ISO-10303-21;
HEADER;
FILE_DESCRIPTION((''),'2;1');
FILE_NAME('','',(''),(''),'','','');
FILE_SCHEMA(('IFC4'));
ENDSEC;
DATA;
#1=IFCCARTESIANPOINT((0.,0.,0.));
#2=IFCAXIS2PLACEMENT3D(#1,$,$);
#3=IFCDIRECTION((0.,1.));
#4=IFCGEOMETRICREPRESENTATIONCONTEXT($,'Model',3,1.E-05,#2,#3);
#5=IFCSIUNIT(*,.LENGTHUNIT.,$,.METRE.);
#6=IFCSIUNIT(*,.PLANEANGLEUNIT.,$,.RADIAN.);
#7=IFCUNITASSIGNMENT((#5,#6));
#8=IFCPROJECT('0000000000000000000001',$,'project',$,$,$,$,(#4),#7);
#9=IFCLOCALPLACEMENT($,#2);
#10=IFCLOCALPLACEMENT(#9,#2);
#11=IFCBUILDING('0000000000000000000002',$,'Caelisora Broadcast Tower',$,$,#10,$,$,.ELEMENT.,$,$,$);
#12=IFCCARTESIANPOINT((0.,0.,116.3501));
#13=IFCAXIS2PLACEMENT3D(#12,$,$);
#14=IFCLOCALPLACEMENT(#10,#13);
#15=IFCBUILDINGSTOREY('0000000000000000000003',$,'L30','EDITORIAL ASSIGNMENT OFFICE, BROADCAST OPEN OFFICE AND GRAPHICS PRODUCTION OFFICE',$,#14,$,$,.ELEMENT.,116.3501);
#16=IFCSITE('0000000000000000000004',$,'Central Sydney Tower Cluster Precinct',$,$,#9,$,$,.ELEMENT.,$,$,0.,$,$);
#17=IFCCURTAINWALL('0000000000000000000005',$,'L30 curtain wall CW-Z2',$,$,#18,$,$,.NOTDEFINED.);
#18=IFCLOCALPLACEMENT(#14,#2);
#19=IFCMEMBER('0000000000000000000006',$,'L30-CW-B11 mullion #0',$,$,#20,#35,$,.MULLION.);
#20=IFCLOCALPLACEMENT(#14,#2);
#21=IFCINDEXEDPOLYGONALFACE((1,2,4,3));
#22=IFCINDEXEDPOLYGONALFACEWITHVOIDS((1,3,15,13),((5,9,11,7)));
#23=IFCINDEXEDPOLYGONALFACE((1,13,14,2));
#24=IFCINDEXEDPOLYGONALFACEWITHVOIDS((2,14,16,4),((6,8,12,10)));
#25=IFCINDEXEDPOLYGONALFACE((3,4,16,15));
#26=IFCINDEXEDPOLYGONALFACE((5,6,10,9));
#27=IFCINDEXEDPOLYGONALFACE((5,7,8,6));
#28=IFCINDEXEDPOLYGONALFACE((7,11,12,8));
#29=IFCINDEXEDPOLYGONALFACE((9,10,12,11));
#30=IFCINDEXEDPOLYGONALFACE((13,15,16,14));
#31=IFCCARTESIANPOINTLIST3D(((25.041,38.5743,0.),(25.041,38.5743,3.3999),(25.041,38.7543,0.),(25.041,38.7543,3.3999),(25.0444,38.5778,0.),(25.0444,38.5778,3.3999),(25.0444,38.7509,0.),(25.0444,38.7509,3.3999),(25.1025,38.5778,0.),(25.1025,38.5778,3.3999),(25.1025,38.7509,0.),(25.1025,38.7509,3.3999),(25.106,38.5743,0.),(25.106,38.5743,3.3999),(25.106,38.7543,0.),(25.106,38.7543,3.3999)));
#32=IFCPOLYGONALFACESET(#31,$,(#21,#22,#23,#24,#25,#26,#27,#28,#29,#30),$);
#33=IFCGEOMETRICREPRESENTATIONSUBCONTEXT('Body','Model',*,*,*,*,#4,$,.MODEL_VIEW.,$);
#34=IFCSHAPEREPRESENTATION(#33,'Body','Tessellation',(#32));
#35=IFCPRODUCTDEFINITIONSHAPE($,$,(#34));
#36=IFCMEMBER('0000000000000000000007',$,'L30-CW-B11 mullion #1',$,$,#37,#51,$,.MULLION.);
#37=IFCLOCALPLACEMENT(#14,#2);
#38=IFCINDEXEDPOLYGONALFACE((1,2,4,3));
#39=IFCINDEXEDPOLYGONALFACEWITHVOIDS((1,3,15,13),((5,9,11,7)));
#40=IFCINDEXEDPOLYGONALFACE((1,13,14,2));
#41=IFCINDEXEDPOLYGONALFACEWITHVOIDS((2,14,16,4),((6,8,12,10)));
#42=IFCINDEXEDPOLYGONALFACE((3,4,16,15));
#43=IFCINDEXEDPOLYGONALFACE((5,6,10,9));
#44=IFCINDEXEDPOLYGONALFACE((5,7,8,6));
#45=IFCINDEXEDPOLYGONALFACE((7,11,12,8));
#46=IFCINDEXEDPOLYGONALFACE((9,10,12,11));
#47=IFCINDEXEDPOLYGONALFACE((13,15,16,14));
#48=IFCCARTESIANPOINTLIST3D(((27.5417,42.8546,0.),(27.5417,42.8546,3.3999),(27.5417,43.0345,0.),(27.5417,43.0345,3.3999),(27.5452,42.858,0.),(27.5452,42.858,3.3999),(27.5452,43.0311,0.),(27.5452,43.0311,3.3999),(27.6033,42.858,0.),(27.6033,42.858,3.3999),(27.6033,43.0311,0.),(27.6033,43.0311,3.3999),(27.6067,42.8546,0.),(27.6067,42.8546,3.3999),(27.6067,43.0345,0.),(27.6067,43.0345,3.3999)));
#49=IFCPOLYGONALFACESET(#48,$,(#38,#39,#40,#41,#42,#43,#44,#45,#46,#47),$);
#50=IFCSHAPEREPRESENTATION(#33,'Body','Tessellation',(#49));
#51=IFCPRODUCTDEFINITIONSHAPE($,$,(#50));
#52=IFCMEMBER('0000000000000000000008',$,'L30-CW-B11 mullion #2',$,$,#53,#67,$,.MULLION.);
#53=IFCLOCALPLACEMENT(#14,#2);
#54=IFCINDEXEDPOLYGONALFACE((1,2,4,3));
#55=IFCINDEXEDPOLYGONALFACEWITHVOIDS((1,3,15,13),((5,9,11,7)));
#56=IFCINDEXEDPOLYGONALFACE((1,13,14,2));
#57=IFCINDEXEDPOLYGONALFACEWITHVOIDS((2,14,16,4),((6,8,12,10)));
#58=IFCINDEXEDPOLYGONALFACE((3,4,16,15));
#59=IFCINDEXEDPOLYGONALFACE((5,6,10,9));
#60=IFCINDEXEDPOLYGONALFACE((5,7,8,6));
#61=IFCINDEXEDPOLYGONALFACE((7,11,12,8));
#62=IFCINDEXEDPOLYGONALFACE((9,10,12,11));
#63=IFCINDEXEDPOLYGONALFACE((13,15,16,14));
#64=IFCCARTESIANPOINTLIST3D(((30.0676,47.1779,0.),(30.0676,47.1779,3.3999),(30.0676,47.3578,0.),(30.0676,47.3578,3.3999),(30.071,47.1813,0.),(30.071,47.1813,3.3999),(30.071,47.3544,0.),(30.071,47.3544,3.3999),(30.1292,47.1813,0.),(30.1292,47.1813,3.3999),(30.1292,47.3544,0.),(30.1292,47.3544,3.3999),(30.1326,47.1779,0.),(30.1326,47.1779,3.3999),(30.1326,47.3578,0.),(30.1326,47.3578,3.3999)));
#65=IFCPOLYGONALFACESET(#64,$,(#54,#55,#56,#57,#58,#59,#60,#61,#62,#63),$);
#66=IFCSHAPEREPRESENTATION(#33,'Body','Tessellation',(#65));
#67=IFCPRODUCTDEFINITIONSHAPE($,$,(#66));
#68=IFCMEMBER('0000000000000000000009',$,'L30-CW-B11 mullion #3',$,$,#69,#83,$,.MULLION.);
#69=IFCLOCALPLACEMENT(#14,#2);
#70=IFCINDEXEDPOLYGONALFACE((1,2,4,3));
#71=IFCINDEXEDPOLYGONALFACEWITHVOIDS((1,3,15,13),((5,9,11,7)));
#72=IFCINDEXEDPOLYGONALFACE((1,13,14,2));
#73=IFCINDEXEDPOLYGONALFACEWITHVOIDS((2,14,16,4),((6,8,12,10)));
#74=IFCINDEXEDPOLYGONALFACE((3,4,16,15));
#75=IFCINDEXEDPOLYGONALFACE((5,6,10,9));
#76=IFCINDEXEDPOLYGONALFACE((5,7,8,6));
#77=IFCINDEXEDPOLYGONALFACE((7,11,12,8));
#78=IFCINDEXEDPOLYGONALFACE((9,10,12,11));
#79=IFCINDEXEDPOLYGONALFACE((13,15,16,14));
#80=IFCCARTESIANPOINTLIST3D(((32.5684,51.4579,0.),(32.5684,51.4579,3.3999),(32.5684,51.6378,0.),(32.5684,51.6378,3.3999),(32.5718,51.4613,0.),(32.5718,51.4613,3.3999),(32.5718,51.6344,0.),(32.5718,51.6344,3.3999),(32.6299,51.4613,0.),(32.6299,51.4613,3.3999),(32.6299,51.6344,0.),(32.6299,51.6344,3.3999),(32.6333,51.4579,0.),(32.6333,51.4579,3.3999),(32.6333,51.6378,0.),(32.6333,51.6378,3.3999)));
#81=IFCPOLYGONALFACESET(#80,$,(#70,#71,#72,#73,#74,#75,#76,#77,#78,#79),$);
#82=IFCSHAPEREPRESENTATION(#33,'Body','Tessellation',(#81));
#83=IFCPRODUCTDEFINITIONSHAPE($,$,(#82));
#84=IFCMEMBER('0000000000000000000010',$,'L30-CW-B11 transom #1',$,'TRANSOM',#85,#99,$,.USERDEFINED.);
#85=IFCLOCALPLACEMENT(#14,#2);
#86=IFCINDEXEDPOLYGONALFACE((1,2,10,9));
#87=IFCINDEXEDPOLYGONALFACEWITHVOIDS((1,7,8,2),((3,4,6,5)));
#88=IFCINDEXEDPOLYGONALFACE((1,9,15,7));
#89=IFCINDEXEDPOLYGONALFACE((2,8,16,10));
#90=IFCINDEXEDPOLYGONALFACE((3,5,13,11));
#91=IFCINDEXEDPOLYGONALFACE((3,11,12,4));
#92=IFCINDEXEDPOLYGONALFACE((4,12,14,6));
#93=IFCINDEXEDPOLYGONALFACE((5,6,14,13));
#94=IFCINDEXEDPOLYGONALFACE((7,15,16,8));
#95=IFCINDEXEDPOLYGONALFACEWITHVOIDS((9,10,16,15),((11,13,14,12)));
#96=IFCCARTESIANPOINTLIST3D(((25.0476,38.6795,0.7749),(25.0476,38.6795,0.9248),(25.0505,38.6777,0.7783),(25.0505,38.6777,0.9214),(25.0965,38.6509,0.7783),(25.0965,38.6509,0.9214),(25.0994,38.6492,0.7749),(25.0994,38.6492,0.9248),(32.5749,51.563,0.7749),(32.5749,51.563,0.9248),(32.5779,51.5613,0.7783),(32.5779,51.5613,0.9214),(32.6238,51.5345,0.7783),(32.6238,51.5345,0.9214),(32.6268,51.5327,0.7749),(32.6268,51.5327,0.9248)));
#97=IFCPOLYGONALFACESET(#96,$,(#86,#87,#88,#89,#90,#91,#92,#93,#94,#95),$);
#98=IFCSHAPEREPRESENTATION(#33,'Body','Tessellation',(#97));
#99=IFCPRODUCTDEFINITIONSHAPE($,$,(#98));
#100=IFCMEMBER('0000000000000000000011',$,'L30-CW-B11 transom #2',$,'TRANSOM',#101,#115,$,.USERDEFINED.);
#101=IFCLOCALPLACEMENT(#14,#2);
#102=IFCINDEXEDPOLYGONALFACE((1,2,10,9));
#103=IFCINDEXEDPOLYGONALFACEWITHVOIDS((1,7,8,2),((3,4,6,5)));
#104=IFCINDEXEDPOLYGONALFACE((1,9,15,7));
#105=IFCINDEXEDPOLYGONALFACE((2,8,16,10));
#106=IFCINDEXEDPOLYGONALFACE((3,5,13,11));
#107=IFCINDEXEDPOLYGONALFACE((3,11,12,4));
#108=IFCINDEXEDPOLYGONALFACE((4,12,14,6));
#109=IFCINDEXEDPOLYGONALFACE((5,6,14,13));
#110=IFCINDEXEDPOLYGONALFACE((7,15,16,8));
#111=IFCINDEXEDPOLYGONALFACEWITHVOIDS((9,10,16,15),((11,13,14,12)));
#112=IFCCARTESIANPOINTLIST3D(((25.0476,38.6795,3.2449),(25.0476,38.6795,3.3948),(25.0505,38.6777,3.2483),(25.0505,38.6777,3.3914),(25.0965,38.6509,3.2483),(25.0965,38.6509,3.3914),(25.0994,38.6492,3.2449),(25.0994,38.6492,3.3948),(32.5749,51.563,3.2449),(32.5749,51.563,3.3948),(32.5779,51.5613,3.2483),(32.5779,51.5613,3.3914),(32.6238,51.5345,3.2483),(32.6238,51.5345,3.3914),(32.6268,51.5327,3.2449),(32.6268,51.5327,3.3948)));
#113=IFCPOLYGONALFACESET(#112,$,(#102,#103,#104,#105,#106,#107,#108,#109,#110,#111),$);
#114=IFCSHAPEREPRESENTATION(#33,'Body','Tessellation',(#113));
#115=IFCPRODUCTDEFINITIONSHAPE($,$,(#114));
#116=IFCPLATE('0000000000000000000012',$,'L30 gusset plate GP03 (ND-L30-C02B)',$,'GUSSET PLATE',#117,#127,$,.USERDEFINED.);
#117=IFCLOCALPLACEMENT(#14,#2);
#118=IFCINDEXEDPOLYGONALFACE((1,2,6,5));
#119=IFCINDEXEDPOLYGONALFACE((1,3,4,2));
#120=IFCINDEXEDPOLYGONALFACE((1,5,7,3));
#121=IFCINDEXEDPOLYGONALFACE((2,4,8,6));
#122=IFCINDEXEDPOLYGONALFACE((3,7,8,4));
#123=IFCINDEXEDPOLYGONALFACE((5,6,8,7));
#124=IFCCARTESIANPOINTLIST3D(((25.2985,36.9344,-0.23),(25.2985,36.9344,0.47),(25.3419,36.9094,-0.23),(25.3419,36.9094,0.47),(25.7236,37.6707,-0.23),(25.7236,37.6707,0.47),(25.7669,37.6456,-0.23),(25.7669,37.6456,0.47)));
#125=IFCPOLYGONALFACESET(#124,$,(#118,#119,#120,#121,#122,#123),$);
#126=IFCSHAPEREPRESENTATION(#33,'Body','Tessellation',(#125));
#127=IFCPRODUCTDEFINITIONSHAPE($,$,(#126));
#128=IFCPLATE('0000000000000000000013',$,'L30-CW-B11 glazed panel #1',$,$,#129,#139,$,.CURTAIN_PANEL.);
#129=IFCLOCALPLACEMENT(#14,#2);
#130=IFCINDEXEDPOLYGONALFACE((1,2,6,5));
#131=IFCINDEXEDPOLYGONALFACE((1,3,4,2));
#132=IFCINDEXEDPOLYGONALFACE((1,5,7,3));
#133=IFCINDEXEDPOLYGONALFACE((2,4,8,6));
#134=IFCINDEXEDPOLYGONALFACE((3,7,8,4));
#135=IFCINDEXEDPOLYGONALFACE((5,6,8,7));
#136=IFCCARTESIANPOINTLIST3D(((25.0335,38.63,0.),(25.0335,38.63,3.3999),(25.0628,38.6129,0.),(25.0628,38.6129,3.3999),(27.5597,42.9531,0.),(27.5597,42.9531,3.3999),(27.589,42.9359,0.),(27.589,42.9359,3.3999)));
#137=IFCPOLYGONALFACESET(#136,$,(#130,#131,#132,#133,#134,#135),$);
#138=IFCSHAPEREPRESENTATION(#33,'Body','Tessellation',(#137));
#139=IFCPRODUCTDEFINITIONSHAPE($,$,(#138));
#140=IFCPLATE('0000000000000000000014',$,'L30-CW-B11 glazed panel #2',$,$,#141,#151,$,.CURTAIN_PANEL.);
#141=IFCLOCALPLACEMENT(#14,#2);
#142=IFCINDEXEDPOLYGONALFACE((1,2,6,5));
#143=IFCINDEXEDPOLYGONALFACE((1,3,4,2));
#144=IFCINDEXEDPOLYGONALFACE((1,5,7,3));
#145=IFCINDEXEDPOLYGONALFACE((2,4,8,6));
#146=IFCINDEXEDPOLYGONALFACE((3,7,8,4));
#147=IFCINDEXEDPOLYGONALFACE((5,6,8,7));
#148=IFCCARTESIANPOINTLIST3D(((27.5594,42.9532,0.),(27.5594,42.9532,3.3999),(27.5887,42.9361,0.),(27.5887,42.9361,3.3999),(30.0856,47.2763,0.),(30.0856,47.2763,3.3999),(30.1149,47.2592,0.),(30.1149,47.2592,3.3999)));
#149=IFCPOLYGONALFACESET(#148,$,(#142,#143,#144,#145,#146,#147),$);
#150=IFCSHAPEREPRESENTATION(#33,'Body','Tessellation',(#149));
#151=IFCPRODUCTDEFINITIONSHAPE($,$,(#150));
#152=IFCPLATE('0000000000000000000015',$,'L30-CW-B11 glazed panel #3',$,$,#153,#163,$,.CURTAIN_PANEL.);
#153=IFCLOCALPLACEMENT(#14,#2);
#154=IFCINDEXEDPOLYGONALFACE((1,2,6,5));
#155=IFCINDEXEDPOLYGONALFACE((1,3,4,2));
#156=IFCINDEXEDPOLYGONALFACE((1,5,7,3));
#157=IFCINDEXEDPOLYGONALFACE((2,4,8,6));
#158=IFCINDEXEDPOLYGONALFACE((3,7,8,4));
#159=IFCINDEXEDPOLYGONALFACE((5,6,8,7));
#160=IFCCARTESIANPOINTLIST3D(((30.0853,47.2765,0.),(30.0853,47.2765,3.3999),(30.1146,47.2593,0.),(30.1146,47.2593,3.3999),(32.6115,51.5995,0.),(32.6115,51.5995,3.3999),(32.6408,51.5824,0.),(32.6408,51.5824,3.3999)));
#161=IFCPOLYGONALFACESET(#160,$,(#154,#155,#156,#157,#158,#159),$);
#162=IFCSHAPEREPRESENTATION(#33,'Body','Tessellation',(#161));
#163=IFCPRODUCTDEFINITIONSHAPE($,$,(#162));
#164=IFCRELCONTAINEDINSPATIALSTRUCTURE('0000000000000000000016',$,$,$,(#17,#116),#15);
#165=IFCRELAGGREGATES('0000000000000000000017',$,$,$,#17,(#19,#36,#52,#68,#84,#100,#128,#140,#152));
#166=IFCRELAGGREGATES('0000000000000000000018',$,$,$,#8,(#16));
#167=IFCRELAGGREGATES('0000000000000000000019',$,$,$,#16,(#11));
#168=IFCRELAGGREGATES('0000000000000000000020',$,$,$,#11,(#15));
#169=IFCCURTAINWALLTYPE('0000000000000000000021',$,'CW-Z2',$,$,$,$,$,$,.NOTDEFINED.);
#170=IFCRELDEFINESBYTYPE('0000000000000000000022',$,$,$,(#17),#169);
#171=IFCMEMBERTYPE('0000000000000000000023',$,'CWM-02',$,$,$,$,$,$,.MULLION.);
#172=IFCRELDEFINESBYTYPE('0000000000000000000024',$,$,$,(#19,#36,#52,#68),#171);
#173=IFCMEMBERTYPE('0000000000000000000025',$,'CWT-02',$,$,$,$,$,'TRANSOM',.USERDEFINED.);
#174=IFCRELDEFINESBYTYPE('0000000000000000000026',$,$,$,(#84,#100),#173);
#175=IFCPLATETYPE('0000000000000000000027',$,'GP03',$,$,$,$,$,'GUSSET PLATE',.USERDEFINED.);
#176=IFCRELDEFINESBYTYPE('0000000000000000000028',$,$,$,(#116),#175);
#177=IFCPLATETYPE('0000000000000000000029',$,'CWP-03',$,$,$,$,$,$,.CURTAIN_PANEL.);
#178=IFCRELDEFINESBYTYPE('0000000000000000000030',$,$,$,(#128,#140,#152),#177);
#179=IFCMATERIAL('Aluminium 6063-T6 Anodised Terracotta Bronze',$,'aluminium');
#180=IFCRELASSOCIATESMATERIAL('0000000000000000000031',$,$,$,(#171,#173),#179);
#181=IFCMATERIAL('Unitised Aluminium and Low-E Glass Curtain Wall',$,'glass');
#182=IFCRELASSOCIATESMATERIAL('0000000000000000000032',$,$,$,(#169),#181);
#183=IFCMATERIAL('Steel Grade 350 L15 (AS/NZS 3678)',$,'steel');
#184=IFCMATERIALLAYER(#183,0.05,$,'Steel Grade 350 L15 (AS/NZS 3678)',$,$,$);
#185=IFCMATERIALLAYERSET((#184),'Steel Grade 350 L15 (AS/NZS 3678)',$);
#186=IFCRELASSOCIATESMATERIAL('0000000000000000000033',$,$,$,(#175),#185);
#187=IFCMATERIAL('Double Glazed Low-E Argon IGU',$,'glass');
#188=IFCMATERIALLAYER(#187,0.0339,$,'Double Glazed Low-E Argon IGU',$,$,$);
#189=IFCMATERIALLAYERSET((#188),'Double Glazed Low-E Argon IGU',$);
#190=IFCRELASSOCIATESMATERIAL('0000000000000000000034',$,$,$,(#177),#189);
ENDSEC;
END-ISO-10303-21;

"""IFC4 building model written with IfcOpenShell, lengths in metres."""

from ifc_helpers import new_model, si_unit, direction, frame, origin, origin_2d, place, context, subcontext, project, spatial, rectangle, hollow_rectangle, extrude, source, transform, mapped, material, layer, layer_set, material_profile, profile_set, type_object, type_shapes, element, aggregate, save


model = new_model("IFC4")

# Units and contexts
model_context = context("Model", 3, precision=1e-05, world=origin(), true_north=direction((0.0, 1.0)))
body_context = subcontext(model_context, "Body", "Model", "MODEL_VIEW")
ifc_project = project(units=[si_unit("LENGTHUNIT", "METRE"), si_unit("PLANEANGLEUNIT", "RADIAN")], contexts=[model_context])

# Site, building, storey
site_placement = place(None, origin())
site = spatial("IfcSite", under=ifc_project, at=site_placement, Name="Central Sydney Tower Cluster Precinct", CompositionType="ELEMENT", RefElevation=0.0)
building_placement = place(site_placement, origin())
building = spatial("IfcBuilding", under=site, at=building_placement, Name="Caelisora Broadcast Tower", CompositionType="ELEMENT")
storey_placement = place(building_placement, frame((0.0, 0.0, 116.3501)))
storey = spatial("IfcBuildingStorey", under=building, at=storey_placement, Name="L30", Description="EDITORIAL ASSIGNMENT OFFICE, BROADCAST OPEN OFFICE AND GRAPHICS PRODUCTION OFFICE", CompositionType="ELEMENT", Elevation=116.3501)

# Shared definitions
ifc_material_1 = material(Name="Steel Grade 350 L15 (AS/NZS 3678)", Category="steel")

# Shared definitions
ifc_material_2 = material(Name="Aluminium 6063-T6 Anodised Terracotta Bronze", Category="aluminium")
ifc_material_profile_1 = material_profile(ifc_material_2, hollow_rectangle(XDim=0.0649, YDim=0.1799, WallThickness=0.0034, at=origin_2d()), Name="Aluminium 6063-T6 Anodised Terracotta Bronze")
ifc_profile_set_1 = profile_set([ifc_material_profile_1], Name="Aluminium 6063-T6 Anodised Terracotta Bronze")
member_type_1 = type_object("IfcMemberType", Name="CWM-02", PredefinedType="MULLION", material=ifc_profile_set_1)
shared_shape_1 = source(origin(), body_context, "Body", "SweptSolid", [
    extrude(hollow_rectangle(XDim=0.0649, YDim=0.1799, WallThickness=0.0034, at=origin_2d()), origin(), (0.0, 0.0, 1.0), 3.3999),
])
type_shapes(member_type_1, [shared_shape_1])

# Curtain wall, members
ifc_material_3 = material(Name="Unitised Aluminium and Low-E Glass Curtain Wall", Category="glass")
curtain_wall_type_1 = type_object("IfcCurtainWallType", Name="CW-Z2", PredefinedType="NOTDEFINED", material=ifc_material_3)
curtain_wall_1_placement = place(storey_placement, origin())
curtain_wall_1 = element("IfcCurtainWall", 1, at=curtain_wall_1_placement, inside=storey, type_object=curtain_wall_type_1, Name="L30 curtain wall CW-Z2", PredefinedType="NOTDEFINED")
member_1_placement = place(storey_placement, frame((25.0735, 38.6643, 0.0), z_axis=(0.0, 0.0, 1.0), x_axis=(1.0, 0.0, 0.0)))
member_1 = element("IfcMember", 2, at=member_1_placement, type_object=member_type_1, Name="L30-CW-B11 mullion #0", PredefinedType="MULLION", context=body_context, shape_type="MappedRepresentation", body=[
    mapped(shared_shape_1, transform((0.0, 0.0, 0.0), scale=1.0)),
])
member_2_placement = place(storey_placement, frame((27.5742, 42.9446, 0.0), z_axis=(0.0, 0.0, 1.0), x_axis=(1.0, 0.0, 0.0)))
member_2 = element("IfcMember", 3, at=member_2_placement, type_object=member_type_1, Name="L30-CW-B11 mullion #1", PredefinedType="MULLION", context=body_context, shape_type="MappedRepresentation", body=[
    mapped(shared_shape_1, transform((0.0, 0.0, 0.0), scale=1.0)),
])
member_3_placement = place(storey_placement, frame((30.1001, 47.2678, 0.0), z_axis=(0.0, 0.0, 1.0), x_axis=(1.0, 0.0, 0.0)))
member_3 = element("IfcMember", 4, at=member_3_placement, type_object=member_type_1, Name="L30-CW-B11 mullion #2", PredefinedType="MULLION", context=body_context, shape_type="MappedRepresentation", body=[
    mapped(shared_shape_1, transform((0.0, 0.0, 0.0), scale=1.0)),
])
member_4_placement = place(storey_placement, frame((32.6008, 51.5479, 0.0), z_axis=(0.0, 0.0, 1.0), x_axis=(1.0, 0.0, 0.0)))
member_4 = element("IfcMember", 5, at=member_4_placement, type_object=member_type_1, Name="L30-CW-B11 mullion #3", PredefinedType="MULLION", context=body_context, shape_type="MappedRepresentation", body=[
    mapped(shared_shape_1, transform((0.0, 0.0, 0.0), scale=1.0)),
])
ifc_material_profile_2 = material_profile(ifc_material_2, hollow_rectangle(XDim=0.0601, YDim=0.1499, WallThickness=0.0034, at=origin_2d()), Name="Aluminium 6063-T6 Anodised Terracotta Bronze")
ifc_profile_set_2 = profile_set([ifc_material_profile_2], Name="Aluminium 6063-T6 Anodised Terracotta Bronze")
member_type_2 = type_object("IfcMemberType", Name="CWT-02", ElementType="TRANSOM", PredefinedType="USERDEFINED", material=ifc_profile_set_2)
shared_shape_2 = source(origin(), body_context, "Body", "SweptSolid", [
    extrude(hollow_rectangle(XDim=0.0601, YDim=0.1499, WallThickness=0.0034, at=origin_2d()), origin(), (0.0, 0.0, 1.0), 14.9214),
])
type_shapes(member_type_2, [shared_shape_2])
member_5_placement = place(storey_placement, frame((25.0735, 38.6643, 0.8499), z_axis=(0.504468, 0.86343, 0.0), x_axis=(-0.86343, 0.504468, 0.0)))
member_5 = element("IfcMember", 6, at=member_5_placement, type_object=member_type_2, Name="L30-CW-B11 transom #1", ObjectType="TRANSOM", PredefinedType="USERDEFINED", context=body_context, shape_type="MappedRepresentation", body=[
    mapped(shared_shape_2, transform((0.0, 0.0, 0.0), scale=1.0)),
])
member_6_placement = place(storey_placement, frame((25.0735, 38.6643, 3.3198), z_axis=(0.504468, 0.86343, 0.0), x_axis=(-0.86343, 0.504468, 0.0)))
member_6 = element("IfcMember", 7, at=member_6_placement, type_object=member_type_2, Name="L30-CW-B11 transom #2", ObjectType="TRANSOM", PredefinedType="USERDEFINED", context=body_context, shape_type="MappedRepresentation", body=[
    mapped(shared_shape_2, transform((0.0, 0.0, 0.0), scale=1.0)),
])

# Plates
ifc_layer_1 = layer(ifc_material_1, 0.05, Name="Steel Grade 350 L15 (AS/NZS 3678)")
ifc_layer_set_1 = layer_set([ifc_layer_1], Name="Steel Grade 350 L15 (AS/NZS 3678)")
plate_type_1 = type_object("IfcPlateType", Name="GP03", ElementType="GUSSET PLATE", PredefinedType="USERDEFINED", material=ifc_layer_set_1)
shared_shape_3 = source(origin(), body_context, "Body", "SweptSolid", [
    extrude(rectangle(XDim=0.8501, YDim=0.05, at=origin_2d()), origin(), (0.0, 0.0, 1.0), 0.7),
])
type_shapes(plate_type_1, [shared_shape_3])
plate_1_placement = place(storey_placement, frame((25.5327, 37.29, -0.23), z_axis=(0.0, 0.0, 1.0), x_axis=(-0.5, -0.866025, 0.0)))
element("IfcPlate", 8, at=plate_1_placement, inside=storey, type_object=plate_type_1, Name="L30 gusset plate GP03 (ND-L30-C02B)", ObjectType="GUSSET PLATE", PredefinedType="USERDEFINED", context=body_context, shape_type="MappedRepresentation", body=[
    mapped(shared_shape_3, transform((0.0, 0.0, 0.0), scale=1.0)),
])
ifc_material_4 = material(Name="Double Glazed Low-E Argon IGU", Category="glass")
ifc_layer_2 = layer(ifc_material_4, 0.0339, Name="Double Glazed Low-E Argon IGU")
ifc_layer_set_2 = layer_set([ifc_layer_2], Name="Double Glazed Low-E Argon IGU")
plate_type_2 = type_object("IfcPlateType", Name="CWP-03", PredefinedType="CURTAIN_PANEL", material=ifc_layer_set_2)
shared_shape_4 = source(origin(), body_context, "Body", "SweptSolid", [
    extrude(rectangle(XDim=5.0071, YDim=0.0339, at=origin_2d()), origin(), (0.0, 0.0, 1.0), 3.3999),
])
type_shapes(plate_type_2, [shared_shape_4])
plate_2_placement = place(storey_placement, frame((26.3113, 40.783, 0.0), z_axis=(0.0, 0.0, 1.0), x_axis=(0.504528, 0.863396, 0.0)))
plate_2 = element("IfcPlate", 9, at=plate_2_placement, type_object=plate_type_2, Name="L30-CW-B11 glazed panel #1", PredefinedType="CURTAIN_PANEL", context=body_context, shape_type="MappedRepresentation", body=[
    mapped(shared_shape_4, transform((0.0, 0.0, 0.0), scale=1.0)),
])
plate_3_placement = place(storey_placement, frame((28.8372, 45.1062, 0.0), z_axis=(0.0, 0.0, 1.0), x_axis=(0.504528, 0.863396, 0.0)))
plate_3 = element("IfcPlate", 10, at=plate_3_placement, type_object=plate_type_2, Name="L30-CW-B11 glazed panel #2", PredefinedType="CURTAIN_PANEL", context=body_context, shape_type="MappedRepresentation", body=[
    mapped(shared_shape_4, transform((0.0, 0.0, 0.0), scale=1.0)),
])
plate_4_placement = place(storey_placement, frame((31.363, 49.4294, 0.0), z_axis=(0.0, 0.0, 1.0), x_axis=(0.504528, 0.863396, 0.0)))
plate_4 = element("IfcPlate", 11, at=plate_4_placement, type_object=plate_type_2, Name="L30-CW-B11 glazed panel #3", PredefinedType="CURTAIN_PANEL", context=body_context, shape_type="MappedRepresentation", body=[
    mapped(shared_shape_4, transform((0.0, 0.0, 0.0), scale=1.0)),
])
aggregate(curtain_wall_1, [member_1, member_2, member_3, member_4, member_5, member_6, plate_2, plate_3, plate_4])

save(model, "model.ifc")
